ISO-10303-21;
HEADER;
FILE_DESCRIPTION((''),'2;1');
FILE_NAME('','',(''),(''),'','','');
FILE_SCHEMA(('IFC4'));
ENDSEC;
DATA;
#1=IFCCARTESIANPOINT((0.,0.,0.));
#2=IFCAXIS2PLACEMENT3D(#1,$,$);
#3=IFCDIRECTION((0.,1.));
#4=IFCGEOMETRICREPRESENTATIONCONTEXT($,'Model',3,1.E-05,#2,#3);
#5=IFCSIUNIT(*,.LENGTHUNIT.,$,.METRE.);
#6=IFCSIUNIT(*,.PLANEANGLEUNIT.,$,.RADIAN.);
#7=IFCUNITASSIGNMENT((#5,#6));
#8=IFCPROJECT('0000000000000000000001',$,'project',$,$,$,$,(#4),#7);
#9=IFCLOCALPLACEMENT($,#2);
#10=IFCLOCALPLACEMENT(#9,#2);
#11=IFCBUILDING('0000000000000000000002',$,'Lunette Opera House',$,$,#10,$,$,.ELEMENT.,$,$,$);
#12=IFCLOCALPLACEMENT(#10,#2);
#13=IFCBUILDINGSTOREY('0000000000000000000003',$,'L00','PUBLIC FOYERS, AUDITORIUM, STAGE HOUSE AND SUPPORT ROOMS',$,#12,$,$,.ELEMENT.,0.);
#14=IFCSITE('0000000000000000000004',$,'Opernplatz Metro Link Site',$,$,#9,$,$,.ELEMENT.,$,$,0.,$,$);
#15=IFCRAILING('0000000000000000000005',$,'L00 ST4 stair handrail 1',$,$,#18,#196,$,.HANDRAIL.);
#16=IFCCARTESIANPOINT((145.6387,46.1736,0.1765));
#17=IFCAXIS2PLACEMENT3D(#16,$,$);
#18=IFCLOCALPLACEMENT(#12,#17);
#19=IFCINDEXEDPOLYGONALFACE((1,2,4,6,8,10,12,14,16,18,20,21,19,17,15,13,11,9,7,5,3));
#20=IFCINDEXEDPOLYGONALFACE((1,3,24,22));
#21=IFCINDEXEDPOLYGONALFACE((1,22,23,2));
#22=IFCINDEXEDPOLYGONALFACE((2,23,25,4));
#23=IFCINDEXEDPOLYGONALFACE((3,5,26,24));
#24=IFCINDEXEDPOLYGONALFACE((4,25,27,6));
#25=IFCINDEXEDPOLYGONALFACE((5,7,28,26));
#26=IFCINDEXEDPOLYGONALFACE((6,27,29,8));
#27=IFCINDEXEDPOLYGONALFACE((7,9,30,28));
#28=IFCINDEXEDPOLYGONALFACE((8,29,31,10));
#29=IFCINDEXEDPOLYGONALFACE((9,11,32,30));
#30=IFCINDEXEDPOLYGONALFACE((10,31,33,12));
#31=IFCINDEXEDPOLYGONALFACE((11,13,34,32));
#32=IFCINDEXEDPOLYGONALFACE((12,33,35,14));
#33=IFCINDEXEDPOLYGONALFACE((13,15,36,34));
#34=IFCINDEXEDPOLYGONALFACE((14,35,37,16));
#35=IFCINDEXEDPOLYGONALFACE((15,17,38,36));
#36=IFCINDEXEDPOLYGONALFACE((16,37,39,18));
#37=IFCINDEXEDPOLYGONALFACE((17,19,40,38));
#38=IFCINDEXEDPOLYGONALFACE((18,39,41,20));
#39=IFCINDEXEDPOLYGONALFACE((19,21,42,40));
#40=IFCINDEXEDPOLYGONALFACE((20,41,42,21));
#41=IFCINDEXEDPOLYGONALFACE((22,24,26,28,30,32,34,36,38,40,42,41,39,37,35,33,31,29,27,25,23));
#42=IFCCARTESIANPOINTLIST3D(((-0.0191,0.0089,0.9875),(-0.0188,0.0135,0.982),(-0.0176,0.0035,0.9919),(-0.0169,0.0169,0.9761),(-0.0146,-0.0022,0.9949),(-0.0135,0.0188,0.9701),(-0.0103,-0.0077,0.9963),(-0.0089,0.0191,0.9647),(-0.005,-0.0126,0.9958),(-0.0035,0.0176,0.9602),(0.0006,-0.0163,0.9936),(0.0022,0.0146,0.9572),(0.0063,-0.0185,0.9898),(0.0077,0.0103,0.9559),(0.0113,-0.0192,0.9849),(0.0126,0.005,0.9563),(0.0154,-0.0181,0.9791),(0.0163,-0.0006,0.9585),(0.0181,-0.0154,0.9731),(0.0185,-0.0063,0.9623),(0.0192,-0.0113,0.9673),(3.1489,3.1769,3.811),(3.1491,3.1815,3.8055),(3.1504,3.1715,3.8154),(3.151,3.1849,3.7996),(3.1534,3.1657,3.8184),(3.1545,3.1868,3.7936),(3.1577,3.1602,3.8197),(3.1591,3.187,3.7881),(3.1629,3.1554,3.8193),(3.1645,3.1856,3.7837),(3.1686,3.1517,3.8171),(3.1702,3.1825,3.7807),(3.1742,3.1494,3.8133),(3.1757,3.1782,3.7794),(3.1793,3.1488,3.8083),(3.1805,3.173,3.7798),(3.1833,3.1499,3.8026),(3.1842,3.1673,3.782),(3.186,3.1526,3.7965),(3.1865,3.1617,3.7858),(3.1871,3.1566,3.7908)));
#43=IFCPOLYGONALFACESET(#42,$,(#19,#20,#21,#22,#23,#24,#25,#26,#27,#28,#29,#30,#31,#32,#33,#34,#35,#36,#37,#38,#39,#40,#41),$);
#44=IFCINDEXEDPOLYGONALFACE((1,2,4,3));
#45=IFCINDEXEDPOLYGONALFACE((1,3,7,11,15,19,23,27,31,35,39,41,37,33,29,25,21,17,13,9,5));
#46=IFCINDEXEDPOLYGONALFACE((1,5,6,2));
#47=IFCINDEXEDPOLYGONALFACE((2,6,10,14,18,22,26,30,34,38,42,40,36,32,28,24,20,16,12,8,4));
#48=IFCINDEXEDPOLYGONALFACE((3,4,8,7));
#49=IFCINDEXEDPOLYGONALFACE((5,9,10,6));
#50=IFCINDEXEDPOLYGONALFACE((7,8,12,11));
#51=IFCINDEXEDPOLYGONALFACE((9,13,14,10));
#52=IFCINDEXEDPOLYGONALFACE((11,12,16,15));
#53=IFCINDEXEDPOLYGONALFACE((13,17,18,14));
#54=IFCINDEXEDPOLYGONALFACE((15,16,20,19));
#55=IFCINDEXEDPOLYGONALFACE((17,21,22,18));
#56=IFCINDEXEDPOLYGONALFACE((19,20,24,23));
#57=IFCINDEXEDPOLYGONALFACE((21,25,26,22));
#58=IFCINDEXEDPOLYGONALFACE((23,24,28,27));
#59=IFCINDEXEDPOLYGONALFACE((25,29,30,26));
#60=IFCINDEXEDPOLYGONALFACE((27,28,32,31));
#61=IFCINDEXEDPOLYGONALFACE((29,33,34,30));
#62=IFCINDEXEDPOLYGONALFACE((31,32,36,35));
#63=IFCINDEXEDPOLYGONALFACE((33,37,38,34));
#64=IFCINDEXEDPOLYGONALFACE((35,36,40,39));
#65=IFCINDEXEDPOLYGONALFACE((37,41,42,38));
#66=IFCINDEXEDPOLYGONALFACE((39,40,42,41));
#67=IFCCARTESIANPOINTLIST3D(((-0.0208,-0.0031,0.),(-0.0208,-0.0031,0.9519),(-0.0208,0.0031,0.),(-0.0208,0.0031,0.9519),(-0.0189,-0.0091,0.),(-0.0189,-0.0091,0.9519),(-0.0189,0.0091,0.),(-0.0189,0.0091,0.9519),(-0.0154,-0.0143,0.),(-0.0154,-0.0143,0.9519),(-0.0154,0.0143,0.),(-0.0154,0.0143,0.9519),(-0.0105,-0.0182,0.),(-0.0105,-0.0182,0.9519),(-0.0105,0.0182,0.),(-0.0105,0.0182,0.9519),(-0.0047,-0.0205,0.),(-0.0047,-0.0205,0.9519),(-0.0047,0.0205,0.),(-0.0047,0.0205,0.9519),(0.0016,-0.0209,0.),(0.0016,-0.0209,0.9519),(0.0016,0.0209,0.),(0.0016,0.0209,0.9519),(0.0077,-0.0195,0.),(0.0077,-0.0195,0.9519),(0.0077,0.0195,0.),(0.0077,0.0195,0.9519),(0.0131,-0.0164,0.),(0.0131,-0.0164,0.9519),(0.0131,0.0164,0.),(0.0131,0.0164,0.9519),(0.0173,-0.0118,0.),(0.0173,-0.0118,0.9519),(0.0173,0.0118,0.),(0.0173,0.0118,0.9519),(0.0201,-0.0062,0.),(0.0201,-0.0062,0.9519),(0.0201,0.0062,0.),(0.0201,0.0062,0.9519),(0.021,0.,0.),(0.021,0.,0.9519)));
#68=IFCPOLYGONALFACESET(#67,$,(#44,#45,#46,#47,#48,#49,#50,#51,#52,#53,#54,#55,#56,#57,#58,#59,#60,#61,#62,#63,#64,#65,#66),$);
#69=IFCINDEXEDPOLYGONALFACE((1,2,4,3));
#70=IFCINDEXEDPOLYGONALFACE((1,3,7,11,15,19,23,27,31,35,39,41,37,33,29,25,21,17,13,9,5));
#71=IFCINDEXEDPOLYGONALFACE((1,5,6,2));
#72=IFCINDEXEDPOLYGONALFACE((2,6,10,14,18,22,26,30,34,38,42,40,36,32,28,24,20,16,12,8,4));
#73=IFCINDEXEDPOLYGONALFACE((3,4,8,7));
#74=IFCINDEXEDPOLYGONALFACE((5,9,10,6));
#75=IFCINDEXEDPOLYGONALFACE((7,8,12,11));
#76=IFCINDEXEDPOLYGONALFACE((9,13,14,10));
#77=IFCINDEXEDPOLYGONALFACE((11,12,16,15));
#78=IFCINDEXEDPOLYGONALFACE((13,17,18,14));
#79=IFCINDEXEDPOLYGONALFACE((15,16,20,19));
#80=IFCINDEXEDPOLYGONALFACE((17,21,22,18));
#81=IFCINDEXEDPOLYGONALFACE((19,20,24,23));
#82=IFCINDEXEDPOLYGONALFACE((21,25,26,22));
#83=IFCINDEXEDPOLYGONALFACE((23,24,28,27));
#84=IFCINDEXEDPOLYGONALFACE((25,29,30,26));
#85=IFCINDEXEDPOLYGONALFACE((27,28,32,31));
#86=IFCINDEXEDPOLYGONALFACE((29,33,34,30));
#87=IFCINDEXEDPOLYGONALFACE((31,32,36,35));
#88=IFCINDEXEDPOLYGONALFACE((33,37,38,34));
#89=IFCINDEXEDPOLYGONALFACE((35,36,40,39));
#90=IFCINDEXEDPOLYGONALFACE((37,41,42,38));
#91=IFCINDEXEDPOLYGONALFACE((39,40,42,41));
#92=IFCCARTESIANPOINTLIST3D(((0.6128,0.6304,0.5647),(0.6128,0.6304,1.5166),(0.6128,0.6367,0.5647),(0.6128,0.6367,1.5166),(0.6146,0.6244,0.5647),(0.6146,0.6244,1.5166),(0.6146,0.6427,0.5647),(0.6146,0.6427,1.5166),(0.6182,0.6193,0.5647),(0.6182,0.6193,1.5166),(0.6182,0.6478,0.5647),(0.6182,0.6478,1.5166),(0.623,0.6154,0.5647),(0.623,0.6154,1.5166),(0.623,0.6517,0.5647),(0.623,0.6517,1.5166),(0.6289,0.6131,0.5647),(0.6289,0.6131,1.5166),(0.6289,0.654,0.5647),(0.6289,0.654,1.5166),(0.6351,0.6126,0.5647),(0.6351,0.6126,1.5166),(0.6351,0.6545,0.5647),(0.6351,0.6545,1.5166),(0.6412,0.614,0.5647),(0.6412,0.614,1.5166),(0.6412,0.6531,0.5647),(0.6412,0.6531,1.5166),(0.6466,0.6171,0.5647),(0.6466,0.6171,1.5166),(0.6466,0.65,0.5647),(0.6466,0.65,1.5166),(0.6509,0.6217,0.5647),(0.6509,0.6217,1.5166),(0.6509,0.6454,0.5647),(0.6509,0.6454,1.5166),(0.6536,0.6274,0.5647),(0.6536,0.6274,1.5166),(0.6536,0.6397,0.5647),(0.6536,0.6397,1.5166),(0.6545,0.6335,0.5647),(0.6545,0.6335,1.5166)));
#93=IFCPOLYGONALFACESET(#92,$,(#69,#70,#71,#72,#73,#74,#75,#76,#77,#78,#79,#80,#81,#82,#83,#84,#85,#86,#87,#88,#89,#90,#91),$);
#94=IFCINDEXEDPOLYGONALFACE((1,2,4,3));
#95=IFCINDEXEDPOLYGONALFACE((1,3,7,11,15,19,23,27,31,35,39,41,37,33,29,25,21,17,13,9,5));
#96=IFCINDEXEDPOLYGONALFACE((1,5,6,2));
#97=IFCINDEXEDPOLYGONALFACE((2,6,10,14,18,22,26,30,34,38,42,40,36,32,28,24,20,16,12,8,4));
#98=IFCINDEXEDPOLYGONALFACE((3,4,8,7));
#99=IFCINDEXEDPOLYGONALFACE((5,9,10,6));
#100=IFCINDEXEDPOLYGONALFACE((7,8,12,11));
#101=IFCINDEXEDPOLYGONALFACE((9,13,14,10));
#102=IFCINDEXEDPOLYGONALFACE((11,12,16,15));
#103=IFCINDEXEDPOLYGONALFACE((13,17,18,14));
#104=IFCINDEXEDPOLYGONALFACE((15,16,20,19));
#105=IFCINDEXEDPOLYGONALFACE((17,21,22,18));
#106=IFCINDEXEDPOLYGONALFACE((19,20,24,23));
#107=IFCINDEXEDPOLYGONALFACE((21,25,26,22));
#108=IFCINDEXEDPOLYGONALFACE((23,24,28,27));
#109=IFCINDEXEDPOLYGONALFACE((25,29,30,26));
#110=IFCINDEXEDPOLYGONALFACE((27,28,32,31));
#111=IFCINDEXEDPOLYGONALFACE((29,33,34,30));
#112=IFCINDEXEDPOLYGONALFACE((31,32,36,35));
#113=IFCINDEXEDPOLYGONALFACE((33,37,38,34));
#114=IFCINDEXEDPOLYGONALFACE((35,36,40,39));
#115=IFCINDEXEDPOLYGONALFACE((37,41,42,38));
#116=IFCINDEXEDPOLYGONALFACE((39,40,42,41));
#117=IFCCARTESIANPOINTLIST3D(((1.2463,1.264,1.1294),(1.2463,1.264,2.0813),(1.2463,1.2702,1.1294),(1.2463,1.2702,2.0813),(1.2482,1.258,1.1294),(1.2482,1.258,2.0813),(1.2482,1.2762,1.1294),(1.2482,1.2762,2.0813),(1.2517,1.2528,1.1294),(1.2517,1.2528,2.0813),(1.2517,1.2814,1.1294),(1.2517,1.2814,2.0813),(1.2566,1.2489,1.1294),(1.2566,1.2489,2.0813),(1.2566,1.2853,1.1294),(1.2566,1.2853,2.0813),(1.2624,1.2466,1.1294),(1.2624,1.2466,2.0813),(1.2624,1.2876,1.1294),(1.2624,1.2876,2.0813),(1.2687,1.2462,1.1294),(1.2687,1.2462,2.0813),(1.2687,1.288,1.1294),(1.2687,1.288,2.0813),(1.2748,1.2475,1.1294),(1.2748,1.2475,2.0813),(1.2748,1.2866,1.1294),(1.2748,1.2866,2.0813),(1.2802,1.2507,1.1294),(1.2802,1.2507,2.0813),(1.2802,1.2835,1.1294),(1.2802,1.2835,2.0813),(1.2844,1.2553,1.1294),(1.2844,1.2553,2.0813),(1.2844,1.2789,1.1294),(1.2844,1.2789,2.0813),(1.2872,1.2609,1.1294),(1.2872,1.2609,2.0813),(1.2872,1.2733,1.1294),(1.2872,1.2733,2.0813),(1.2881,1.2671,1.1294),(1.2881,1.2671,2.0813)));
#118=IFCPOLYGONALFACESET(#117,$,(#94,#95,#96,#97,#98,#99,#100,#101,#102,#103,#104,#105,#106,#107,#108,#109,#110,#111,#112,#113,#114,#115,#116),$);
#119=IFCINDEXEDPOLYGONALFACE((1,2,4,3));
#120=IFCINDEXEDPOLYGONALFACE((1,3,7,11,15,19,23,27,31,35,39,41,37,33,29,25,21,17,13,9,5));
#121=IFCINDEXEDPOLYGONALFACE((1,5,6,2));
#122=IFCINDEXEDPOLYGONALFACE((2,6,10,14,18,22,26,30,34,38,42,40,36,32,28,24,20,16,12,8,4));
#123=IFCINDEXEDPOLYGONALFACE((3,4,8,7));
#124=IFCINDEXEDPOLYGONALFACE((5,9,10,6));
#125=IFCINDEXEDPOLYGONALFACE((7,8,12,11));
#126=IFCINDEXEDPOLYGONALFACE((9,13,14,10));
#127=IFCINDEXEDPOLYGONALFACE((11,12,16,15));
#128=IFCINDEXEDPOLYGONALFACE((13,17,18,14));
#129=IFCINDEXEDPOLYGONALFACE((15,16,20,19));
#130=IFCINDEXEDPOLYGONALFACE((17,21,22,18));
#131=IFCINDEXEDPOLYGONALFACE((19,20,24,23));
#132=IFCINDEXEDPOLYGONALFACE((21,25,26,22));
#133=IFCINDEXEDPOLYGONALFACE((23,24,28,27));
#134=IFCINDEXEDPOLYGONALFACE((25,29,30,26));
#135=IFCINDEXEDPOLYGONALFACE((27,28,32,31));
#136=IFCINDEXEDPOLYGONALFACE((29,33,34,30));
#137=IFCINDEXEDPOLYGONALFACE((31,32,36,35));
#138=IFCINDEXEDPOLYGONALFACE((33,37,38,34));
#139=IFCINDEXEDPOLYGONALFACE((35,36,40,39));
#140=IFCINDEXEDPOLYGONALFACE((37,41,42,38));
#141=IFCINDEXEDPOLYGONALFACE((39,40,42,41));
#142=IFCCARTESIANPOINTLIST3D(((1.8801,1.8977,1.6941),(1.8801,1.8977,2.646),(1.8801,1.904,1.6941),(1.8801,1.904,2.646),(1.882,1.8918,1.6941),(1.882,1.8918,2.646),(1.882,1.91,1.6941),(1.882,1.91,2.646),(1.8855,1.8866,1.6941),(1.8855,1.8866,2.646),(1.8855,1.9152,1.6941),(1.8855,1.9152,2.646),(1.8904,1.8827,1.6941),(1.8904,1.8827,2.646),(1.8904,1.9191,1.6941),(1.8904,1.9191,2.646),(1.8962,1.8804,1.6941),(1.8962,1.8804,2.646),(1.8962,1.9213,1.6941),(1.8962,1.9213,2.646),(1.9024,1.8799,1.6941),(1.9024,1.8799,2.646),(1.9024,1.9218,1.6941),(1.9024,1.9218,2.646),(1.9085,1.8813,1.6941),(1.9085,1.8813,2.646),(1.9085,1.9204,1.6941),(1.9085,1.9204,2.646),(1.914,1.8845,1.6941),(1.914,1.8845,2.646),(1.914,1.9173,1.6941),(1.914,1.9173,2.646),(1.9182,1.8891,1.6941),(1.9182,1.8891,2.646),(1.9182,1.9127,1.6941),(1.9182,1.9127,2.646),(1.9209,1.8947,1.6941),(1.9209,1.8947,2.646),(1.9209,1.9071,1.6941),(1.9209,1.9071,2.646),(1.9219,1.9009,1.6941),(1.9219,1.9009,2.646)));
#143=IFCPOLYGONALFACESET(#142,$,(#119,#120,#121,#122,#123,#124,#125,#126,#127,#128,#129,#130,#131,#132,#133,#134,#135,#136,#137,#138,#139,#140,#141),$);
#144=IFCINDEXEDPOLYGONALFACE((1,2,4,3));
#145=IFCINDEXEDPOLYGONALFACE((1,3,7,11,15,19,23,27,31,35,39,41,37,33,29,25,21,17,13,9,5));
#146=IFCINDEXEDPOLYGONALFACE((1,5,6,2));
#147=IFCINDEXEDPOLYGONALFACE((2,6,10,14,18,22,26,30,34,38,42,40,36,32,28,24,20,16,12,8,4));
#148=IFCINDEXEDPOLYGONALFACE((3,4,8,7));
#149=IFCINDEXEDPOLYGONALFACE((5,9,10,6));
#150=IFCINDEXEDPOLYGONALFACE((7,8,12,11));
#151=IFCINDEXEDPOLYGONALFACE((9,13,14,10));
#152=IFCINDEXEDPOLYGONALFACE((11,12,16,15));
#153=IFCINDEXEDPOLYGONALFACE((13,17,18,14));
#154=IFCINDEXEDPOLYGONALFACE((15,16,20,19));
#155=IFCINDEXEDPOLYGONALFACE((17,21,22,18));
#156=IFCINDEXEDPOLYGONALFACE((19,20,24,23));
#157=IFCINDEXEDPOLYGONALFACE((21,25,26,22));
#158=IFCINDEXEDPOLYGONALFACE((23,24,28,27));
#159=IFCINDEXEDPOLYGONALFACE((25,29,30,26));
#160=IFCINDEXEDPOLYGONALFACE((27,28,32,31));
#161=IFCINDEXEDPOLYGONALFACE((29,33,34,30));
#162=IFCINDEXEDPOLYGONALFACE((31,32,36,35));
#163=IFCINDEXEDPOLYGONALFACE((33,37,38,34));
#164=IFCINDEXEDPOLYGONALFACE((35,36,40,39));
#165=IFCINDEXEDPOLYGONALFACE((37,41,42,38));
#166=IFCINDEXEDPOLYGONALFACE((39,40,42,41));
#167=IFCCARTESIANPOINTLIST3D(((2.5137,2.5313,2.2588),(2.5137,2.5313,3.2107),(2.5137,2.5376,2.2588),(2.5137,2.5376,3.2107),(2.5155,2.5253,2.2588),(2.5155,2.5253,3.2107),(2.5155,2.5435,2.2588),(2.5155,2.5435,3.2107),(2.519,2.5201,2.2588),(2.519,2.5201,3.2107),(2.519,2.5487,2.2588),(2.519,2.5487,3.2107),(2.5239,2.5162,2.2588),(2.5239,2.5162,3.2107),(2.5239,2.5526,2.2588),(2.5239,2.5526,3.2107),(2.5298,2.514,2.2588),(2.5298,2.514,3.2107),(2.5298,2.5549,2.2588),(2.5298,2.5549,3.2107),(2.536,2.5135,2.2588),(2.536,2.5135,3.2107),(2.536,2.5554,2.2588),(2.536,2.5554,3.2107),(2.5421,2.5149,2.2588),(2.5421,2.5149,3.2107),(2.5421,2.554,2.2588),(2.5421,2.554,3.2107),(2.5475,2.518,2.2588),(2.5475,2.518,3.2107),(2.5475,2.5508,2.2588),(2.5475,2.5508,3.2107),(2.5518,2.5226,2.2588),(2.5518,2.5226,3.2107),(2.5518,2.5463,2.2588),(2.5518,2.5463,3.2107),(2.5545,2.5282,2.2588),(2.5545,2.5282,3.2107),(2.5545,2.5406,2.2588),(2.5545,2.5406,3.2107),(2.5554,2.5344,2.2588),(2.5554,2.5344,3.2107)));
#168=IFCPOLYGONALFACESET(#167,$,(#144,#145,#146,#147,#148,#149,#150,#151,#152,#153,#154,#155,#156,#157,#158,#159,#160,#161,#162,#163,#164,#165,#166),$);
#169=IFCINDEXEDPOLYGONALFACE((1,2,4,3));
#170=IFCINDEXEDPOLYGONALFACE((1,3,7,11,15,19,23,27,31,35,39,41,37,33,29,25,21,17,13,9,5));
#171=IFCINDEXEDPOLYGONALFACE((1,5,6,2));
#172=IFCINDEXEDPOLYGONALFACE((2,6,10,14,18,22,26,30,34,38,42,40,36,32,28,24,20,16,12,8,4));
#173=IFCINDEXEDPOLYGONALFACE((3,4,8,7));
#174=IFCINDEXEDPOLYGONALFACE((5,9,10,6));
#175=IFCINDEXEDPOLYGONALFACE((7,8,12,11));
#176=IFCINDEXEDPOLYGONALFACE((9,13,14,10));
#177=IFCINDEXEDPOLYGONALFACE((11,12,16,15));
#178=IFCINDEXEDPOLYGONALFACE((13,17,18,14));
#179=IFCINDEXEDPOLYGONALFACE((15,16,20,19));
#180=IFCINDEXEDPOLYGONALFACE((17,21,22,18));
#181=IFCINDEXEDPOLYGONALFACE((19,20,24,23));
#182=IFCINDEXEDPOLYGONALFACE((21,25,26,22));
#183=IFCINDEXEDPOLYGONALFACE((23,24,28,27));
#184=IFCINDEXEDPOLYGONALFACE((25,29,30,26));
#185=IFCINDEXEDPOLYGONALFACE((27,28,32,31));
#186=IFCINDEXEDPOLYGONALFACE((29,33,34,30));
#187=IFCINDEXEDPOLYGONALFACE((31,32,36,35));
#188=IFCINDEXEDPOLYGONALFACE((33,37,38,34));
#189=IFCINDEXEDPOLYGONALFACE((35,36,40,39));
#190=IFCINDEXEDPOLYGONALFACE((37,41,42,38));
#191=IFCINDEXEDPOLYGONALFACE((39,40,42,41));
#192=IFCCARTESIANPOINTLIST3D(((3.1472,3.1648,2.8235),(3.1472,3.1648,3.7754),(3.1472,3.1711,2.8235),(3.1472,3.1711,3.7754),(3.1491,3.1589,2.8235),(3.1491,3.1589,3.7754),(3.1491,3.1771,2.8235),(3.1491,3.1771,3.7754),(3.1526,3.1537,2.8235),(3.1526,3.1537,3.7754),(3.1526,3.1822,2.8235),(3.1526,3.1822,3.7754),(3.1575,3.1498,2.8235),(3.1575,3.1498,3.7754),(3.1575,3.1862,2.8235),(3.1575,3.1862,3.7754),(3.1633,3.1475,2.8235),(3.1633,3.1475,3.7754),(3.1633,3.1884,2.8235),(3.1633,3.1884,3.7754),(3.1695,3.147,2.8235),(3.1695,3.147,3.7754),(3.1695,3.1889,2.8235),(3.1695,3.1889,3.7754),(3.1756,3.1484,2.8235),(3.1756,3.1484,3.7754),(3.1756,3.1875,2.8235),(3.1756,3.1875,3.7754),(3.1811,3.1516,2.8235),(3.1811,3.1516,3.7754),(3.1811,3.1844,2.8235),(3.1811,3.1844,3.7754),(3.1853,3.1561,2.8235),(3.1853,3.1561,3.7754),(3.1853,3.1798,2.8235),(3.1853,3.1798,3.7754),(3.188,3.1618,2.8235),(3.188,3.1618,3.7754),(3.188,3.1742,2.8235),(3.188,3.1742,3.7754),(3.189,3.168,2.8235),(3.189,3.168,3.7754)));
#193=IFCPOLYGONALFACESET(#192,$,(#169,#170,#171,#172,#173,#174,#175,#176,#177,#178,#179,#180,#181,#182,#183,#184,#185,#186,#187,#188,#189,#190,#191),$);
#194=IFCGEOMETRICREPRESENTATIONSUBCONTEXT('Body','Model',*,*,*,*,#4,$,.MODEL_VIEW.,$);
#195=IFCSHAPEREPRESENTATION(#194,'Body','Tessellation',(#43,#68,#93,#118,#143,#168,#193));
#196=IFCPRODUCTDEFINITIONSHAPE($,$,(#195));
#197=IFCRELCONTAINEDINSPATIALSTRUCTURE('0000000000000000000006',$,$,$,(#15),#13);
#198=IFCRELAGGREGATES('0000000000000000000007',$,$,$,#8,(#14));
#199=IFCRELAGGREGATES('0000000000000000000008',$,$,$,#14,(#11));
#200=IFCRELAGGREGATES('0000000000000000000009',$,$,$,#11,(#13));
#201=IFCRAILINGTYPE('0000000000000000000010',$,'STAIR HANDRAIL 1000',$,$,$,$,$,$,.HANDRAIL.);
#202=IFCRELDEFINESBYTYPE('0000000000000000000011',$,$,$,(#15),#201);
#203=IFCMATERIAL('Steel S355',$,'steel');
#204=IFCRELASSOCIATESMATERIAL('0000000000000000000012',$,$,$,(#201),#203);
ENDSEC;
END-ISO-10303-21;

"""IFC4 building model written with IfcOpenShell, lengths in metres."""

from ifc_helpers import new_model, si_unit, direction, frame, origin, origin_2d, place, context, subcontext, project, spatial, circle, extrude, material, type_object, element, save


model = new_model("IFC4")

# Units and contexts
model_context = context("Model", 3, precision=1e-05, world=origin(), true_north=direction((0.0, 1.0)))
body_context = subcontext(model_context, "Body", "Model", "MODEL_VIEW")
ifc_project = project(units=[si_unit("LENGTHUNIT", "METRE"), si_unit("PLANEANGLEUNIT", "RADIAN")], contexts=[model_context])

# Site, building, storey
site_placement = place(None, origin())
site = spatial("IfcSite", under=ifc_project, at=site_placement, Name="Opernplatz Metro Link Site", CompositionType="ELEMENT", RefElevation=0.0)
building_placement = place(site_placement, origin())
building = spatial("IfcBuilding", under=site, at=building_placement, Name="Lunette Opera House", CompositionType="ELEMENT")
storey_placement = place(building_placement, origin())
storey = spatial("IfcBuildingStorey", under=building, at=storey_placement, Name="L00", Description="PUBLIC FOYERS, AUDITORIUM, STAGE HOUSE AND SUPPORT ROOMS", CompositionType="ELEMENT", Elevation=0.0)

# Railing
ifc_material_1 = material(Name="Steel S355", Category="steel")
railing_type = type_object("IfcRailingType", Name="STAIR HANDRAIL 1000", PredefinedType="HANDRAIL", material=ifc_material_1)
railing_placement = place(storey_placement, frame((145.6387, 46.1736, 0.1765)))
element("IfcRailing", 1, at=railing_placement, inside=storey, type_object=railing_type, Name="L00 ST4 stair handrail 1", PredefinedType="HANDRAIL", context=body_context, shape_type="SweptSolid", body=[
    extrude(circle(Radius=0.0239, at=origin_2d()), frame((0.0, 0.0, 0.9761), z_axis=(0.598219, 0.598219, 0.533169), x_axis=(-0.707107, 0.707107, 0.0)), (0.0, 0.0, 1.0), 5.2957),
    extrude(circle(Radius=0.021, at=origin_2d()), origin(), (0.0, 0.0, 1.0), 0.9519),
    extrude(circle(Radius=0.021, at=origin_2d()), frame((0.6335, 0.6335, 0.5647)), (0.0, 0.0, 1.0), 0.9519),
    extrude(circle(Radius=0.021, at=origin_2d()), frame((1.2671, 1.2671, 1.1294)), (0.0, 0.0, 1.0), 0.9519),
    extrude(circle(Radius=0.021, at=origin_2d()), frame((1.9009, 1.9009, 1.6941)), (0.0, 0.0, 1.0), 0.9519),
    extrude(circle(Radius=0.021, at=origin_2d()), frame((2.5344, 2.5344, 2.2588)), (0.0, 0.0, 1.0), 0.9519),
    extrude(circle(Radius=0.021, at=origin_2d()), frame((3.168, 3.168, 2.8235)), (0.0, 0.0, 1.0), 0.9519),
])

save(model, "model.ifc")
